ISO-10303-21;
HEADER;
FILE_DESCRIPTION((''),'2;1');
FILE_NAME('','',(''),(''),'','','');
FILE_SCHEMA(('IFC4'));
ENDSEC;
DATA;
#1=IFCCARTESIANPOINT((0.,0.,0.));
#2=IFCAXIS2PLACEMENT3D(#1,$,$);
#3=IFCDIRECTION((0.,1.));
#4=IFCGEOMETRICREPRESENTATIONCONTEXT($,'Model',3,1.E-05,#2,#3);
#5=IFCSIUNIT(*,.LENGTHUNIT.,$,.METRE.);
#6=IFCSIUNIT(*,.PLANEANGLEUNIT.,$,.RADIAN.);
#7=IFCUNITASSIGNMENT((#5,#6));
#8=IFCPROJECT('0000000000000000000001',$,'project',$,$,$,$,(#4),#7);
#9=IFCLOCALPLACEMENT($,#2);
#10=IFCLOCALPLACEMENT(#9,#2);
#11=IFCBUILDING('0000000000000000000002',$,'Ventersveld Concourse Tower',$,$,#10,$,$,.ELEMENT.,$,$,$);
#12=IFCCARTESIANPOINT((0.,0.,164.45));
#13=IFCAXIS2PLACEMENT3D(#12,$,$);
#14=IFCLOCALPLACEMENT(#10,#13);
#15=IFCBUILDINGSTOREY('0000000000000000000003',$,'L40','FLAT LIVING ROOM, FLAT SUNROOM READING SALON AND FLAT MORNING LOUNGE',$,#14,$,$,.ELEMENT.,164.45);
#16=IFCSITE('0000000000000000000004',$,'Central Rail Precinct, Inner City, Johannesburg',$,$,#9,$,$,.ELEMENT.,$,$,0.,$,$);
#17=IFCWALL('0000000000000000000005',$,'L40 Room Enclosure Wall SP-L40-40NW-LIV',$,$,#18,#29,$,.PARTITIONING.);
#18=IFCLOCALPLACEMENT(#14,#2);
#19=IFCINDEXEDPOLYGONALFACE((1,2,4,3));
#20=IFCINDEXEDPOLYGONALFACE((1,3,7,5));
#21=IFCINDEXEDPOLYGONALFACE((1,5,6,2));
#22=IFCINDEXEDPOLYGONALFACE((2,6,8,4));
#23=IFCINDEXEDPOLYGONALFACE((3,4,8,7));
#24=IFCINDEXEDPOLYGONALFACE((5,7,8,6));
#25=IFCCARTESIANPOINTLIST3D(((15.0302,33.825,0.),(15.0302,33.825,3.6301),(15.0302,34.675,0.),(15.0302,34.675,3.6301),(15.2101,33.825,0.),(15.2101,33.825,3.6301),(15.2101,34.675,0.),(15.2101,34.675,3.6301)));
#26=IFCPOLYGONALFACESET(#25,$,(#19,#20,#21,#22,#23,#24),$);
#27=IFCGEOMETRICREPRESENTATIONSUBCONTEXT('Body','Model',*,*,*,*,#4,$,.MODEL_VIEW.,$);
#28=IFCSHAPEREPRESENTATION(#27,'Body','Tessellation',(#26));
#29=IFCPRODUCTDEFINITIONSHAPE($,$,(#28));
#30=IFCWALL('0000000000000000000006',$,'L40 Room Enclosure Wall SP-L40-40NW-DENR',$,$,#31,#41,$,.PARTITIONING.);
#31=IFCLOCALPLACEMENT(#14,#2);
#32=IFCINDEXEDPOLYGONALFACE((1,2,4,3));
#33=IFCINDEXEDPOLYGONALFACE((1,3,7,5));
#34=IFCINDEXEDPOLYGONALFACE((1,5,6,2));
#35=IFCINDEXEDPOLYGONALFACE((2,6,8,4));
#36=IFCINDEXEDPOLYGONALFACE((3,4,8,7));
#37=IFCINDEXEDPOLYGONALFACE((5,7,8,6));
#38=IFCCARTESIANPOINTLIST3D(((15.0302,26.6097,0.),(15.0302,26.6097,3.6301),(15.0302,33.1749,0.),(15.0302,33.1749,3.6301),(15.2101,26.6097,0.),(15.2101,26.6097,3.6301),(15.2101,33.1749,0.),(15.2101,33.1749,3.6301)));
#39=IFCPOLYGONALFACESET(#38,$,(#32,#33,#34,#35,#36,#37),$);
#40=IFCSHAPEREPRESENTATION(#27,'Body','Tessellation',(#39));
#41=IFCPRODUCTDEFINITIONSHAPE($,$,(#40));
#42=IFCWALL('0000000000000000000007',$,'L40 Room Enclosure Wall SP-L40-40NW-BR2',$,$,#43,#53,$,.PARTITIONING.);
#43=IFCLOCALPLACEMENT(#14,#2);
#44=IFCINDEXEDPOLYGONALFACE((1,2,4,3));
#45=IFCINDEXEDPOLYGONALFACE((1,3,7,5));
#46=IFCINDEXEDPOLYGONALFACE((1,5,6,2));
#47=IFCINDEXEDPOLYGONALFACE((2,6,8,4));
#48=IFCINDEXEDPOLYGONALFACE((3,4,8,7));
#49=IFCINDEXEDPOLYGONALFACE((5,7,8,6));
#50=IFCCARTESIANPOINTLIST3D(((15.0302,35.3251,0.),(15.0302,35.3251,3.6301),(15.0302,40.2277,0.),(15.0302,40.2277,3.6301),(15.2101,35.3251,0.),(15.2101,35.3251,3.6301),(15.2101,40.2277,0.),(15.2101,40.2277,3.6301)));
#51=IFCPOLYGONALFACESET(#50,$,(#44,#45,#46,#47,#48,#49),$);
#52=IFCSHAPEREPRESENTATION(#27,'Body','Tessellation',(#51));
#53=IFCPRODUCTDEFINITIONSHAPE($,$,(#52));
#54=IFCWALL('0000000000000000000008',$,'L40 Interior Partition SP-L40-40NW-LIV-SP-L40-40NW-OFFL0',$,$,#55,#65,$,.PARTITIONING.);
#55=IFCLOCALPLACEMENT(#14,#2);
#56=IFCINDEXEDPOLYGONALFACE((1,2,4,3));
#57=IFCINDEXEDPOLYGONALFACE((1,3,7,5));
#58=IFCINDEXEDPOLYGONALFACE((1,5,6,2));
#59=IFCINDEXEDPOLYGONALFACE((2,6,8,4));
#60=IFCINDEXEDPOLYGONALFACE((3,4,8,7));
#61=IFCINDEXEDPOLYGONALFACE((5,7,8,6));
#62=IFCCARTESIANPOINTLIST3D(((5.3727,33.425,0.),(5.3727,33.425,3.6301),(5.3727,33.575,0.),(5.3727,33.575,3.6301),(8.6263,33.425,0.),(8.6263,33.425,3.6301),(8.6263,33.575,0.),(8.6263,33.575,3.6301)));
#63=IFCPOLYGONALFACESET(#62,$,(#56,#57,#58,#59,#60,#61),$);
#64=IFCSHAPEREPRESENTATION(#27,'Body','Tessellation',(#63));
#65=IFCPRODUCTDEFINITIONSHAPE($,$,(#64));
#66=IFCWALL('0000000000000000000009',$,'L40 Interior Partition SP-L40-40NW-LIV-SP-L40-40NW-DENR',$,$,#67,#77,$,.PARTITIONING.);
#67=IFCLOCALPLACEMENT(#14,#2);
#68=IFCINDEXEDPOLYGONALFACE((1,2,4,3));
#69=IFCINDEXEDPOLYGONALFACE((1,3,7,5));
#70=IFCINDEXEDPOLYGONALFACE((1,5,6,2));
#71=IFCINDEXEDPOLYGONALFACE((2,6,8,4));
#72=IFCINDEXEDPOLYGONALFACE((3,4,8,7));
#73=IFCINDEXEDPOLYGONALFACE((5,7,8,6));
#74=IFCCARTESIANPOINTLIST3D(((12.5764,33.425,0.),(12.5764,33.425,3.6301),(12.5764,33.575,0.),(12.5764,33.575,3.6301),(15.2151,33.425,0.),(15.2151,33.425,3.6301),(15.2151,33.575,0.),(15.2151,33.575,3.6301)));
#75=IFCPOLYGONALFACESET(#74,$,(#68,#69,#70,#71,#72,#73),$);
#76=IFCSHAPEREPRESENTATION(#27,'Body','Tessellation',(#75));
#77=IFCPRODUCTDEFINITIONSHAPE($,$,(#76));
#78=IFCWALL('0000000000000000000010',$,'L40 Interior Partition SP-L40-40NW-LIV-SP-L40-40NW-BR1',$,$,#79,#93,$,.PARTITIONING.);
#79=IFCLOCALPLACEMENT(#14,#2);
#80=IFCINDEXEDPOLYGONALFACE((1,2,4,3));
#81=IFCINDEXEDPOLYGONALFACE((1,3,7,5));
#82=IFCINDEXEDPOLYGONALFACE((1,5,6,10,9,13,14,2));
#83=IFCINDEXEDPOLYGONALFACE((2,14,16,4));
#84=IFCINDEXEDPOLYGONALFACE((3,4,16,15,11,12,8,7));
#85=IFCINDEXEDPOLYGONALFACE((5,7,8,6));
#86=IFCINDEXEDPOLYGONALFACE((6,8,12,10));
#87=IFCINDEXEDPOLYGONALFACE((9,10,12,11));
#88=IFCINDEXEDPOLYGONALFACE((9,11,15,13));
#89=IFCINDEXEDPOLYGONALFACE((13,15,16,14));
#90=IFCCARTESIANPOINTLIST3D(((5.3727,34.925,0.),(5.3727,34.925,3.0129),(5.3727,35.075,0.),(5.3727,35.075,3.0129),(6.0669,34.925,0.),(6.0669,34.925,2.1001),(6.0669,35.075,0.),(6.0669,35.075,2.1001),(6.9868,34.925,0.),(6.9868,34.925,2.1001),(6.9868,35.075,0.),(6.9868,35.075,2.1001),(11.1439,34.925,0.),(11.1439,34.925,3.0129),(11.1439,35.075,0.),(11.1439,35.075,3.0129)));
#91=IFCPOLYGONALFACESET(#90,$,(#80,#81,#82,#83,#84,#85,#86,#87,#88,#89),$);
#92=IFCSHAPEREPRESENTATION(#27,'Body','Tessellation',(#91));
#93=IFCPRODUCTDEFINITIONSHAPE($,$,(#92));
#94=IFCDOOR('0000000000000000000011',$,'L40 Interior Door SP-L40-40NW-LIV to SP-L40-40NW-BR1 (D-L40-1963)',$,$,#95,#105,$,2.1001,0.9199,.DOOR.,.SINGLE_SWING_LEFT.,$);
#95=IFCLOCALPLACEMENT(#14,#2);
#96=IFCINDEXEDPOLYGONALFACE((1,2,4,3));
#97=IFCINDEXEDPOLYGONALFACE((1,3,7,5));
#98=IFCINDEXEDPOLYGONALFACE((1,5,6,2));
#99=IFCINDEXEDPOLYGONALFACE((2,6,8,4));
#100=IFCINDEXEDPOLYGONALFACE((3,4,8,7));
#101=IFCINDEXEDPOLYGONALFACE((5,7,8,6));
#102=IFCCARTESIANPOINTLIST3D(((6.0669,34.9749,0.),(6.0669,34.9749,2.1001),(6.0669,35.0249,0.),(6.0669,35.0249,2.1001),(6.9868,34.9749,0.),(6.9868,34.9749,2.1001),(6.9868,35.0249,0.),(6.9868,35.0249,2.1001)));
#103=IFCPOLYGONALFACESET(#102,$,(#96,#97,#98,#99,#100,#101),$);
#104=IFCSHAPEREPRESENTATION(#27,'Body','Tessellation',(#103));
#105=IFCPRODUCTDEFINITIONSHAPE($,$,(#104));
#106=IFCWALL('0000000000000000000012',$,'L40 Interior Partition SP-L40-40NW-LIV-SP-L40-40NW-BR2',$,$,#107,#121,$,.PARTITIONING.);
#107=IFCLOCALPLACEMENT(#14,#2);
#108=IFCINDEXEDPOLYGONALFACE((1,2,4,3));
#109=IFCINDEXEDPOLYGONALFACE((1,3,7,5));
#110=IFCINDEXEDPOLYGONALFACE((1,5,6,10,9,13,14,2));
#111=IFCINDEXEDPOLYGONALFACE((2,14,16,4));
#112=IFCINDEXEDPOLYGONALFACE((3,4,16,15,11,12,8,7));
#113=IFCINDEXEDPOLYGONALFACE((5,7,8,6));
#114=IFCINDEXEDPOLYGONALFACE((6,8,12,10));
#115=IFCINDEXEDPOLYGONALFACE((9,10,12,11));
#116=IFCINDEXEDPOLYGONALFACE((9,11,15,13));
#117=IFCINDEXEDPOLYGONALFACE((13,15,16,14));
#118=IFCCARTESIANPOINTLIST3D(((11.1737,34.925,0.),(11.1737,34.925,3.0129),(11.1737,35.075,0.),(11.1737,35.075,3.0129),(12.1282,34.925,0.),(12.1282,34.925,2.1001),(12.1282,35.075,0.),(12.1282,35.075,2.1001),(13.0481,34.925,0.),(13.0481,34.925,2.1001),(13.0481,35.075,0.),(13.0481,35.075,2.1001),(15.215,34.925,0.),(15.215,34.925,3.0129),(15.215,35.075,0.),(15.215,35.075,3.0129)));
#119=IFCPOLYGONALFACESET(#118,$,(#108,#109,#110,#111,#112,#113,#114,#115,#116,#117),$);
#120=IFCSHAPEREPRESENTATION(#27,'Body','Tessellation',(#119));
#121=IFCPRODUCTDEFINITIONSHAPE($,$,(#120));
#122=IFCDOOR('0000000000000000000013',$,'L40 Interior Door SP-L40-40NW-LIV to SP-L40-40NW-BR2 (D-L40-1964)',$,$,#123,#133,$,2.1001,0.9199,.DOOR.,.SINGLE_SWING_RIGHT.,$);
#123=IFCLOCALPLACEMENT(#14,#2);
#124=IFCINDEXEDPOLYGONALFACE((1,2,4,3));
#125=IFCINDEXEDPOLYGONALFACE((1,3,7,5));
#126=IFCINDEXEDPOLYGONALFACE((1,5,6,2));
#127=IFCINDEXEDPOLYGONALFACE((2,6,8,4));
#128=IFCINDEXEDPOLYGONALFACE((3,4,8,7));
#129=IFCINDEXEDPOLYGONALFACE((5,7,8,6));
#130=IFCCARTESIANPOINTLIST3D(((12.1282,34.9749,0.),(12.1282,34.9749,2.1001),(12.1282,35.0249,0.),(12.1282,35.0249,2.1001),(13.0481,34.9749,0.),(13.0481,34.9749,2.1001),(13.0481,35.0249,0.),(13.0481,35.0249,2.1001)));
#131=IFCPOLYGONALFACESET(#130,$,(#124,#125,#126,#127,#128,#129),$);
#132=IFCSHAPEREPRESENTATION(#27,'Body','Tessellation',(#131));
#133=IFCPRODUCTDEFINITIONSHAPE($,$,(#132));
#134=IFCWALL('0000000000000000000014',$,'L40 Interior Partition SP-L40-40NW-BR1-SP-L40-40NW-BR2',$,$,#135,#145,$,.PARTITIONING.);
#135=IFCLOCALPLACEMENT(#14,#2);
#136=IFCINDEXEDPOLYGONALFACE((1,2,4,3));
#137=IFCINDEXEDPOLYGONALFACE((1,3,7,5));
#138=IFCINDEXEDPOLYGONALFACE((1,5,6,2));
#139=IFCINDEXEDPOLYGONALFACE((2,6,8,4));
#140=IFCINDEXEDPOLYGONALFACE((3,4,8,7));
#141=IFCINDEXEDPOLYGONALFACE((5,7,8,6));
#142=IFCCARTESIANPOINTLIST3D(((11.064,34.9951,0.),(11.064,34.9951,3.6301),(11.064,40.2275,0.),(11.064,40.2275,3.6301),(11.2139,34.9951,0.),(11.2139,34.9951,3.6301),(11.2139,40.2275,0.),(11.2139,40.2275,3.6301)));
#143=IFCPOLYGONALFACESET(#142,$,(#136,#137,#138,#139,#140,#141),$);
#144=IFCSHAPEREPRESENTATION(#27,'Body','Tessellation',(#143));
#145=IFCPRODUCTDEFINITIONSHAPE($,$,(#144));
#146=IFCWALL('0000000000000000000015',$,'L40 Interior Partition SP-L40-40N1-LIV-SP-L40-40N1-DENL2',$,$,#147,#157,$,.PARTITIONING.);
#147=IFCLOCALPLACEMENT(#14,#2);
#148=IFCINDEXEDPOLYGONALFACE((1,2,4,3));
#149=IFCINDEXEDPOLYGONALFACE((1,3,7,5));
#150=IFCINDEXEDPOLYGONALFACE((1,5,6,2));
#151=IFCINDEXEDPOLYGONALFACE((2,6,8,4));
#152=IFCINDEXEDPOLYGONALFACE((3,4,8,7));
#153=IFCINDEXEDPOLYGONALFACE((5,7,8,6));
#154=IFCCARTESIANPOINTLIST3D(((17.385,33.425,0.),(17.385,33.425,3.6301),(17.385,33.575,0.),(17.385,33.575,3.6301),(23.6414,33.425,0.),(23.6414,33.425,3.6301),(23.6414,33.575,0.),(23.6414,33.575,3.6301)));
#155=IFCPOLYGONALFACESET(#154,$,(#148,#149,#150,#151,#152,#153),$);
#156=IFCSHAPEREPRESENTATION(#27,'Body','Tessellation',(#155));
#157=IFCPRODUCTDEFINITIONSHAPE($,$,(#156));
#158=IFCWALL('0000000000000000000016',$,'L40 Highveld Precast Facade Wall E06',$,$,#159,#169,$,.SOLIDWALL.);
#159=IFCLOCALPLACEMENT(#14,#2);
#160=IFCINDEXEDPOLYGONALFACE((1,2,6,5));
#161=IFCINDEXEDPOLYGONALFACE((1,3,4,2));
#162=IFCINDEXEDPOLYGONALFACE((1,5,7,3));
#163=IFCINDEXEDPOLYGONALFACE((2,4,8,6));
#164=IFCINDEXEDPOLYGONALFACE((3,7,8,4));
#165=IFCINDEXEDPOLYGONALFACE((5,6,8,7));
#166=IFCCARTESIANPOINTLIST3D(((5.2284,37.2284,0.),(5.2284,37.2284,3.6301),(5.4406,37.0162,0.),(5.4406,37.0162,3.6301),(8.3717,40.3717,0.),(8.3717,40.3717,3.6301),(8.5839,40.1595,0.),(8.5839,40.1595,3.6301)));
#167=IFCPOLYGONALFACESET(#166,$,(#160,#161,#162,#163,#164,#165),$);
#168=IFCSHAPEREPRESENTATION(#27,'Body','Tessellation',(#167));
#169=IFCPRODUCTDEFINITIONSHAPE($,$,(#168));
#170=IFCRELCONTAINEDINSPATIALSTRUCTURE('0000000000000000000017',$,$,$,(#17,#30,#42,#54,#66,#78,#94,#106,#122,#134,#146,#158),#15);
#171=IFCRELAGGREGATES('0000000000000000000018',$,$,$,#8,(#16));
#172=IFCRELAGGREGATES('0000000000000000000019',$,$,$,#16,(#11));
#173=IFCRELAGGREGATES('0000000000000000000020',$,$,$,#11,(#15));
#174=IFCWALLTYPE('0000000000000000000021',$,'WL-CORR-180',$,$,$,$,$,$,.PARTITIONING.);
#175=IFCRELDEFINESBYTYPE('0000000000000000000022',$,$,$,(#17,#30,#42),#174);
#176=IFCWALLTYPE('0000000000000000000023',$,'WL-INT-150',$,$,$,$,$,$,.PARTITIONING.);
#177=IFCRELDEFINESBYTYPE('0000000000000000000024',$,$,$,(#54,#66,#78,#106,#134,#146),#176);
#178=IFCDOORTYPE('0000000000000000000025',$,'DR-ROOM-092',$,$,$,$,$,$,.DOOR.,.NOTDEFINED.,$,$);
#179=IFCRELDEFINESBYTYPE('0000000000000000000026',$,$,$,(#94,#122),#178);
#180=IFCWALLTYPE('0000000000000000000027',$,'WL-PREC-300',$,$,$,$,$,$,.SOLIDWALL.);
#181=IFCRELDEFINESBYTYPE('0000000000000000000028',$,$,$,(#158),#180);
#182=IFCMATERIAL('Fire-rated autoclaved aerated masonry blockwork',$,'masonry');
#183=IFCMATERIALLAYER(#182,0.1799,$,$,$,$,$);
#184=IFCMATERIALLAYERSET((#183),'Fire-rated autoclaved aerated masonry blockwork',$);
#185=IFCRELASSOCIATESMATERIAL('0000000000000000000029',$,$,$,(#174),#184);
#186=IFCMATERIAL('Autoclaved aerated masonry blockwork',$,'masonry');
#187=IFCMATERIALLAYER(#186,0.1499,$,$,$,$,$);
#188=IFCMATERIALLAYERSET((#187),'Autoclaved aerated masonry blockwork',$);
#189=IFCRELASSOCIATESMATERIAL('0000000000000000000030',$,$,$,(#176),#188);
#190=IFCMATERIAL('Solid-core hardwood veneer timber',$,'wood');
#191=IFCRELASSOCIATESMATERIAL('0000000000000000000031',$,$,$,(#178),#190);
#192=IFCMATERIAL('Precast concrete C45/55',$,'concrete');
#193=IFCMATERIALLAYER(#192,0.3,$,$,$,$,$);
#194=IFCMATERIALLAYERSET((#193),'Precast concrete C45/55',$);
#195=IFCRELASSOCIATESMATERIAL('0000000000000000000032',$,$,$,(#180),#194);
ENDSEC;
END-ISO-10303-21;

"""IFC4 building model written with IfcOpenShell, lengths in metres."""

from ifc_helpers import new_model, si_unit, direction, frame, frame_2d, origin, place, context, subcontext, project, spatial, rectangle, extrude, material, layer, layer_set, type_object, element, fill, save


model = new_model("IFC4")

# Units and contexts
model_context = context("Model", 3, precision=1e-05, world=origin(), true_north=direction((0.0, 1.0)))
body_context = subcontext(model_context, "Body", "Model", "MODEL_VIEW")
ifc_project = project(units=[si_unit("LENGTHUNIT", "METRE"), si_unit("PLANEANGLEUNIT", "RADIAN")], contexts=[model_context])

# Site, building, storey
site_placement = place(None, origin())
site = spatial("IfcSite", under=ifc_project, at=site_placement, Name="Central Rail Precinct, Inner City, Johannesburg", CompositionType="ELEMENT", RefElevation=0.0)
building_placement = place(site_placement, origin())
building = spatial("IfcBuilding", under=site, at=building_placement, Name="Ventersveld Concourse Tower", CompositionType="ELEMENT")
storey_placement = place(building_placement, frame((0.0, 0.0, 164.45)))
storey = spatial("IfcBuildingStorey", under=building, at=storey_placement, Name="L40", Description="FLAT LIVING ROOM, FLAT SUNROOM READING SALON AND FLAT MORNING LOUNGE", CompositionType="ELEMENT", Elevation=164.45)

# Walls
ifc_material_1 = material(Name="Fire-rated autoclaved aerated masonry blockwork", Category="masonry")
ifc_layer_1 = layer(ifc_material_1, 0.1799)
ifc_layer_set_1 = layer_set([ifc_layer_1], Name="Fire-rated autoclaved aerated masonry blockwork")
wall_type_1 = type_object("IfcWallType", Name="WL-CORR-180", PredefinedType="PARTITIONING", material=ifc_layer_set_1)
wall_1_placement = place(storey_placement, frame((15.1201, 34.675, 0.0), z_axis=(0.0, 0.0, 1.0), x_axis=(0.0, -1.0, 0.0)))
element("IfcWall", 1, at=wall_1_placement, inside=storey, type_object=wall_type_1, Name="L40 Room Enclosure Wall SP-L40-40NW-LIV", PredefinedType="PARTITIONING", context=body_context, shape_type="SweptSolid", body=[
    extrude(rectangle(XDim=0.8501, YDim=0.1799, at=frame_2d((0.425, 0.0))), origin(), (0.0, 0.0, 1.0), 3.6301),
])
wall_2_placement = place(storey_placement, frame((15.1201, 33.175, 0.0), z_axis=(0.0, 0.0, 1.0), x_axis=(0.0, -1.0, 0.0)))
element("IfcWall", 2, at=wall_2_placement, inside=storey, type_object=wall_type_1, Name="L40 Room Enclosure Wall SP-L40-40NW-DENR", PredefinedType="PARTITIONING", context=body_context, shape_type="SweptSolid", body=[
    extrude(rectangle(XDim=6.5652, YDim=0.1799, at=frame_2d((3.2827, 0.0))), origin(), (0.0, 0.0, 1.0), 3.6301),
])
wall_3_placement = place(storey_placement, frame((15.1201, 40.2275, 0.0), z_axis=(0.0, 0.0, 1.0), x_axis=(0.0, -1.0, 0.0)))
element("IfcWall", 3, at=wall_3_placement, inside=storey, type_object=wall_type_1, Name="L40 Room Enclosure Wall SP-L40-40NW-BR2", PredefinedType="PARTITIONING", context=body_context, shape_type="SweptSolid", body=[
    extrude(rectangle(XDim=4.9026, YDim=0.1799, at=frame_2d((2.4512, 0.0))), origin(), (0.0, 0.0, 1.0), 3.6301),
])
ifc_material_2 = material(Name="Autoclaved aerated masonry blockwork", Category="masonry")
ifc_layer_2 = layer(ifc_material_2, 0.1499)
ifc_layer_set_2 = layer_set([ifc_layer_2], Name="Autoclaved aerated masonry blockwork")
wall_type_2 = type_object("IfcWallType", Name="WL-INT-150", PredefinedType="PARTITIONING", material=ifc_layer_set_2)
wall_4_placement = place(storey_placement, frame((5.3726, 33.5, 0.0), z_axis=(0.0, 0.0, 1.0), x_axis=(1.0, 0.0, 0.0)))
element("IfcWall", 4, at=wall_4_placement, inside=storey, type_object=wall_type_2, Name="L40 Interior Partition SP-L40-40NW-LIV-SP-L40-40NW-OFFL0", PredefinedType="PARTITIONING", context=body_context, shape_type="SweptSolid", body=[
    extrude(rectangle(XDim=3.2537, YDim=0.1499, at=frame_2d((1.627, 0.0))), origin(), (0.0, 0.0, 1.0), 3.6301),
])
wall_5_placement = place(storey_placement, frame((12.5764, 33.5, 0.0), z_axis=(0.0, 0.0, 1.0), x_axis=(1.0, 0.0, 0.0)))
element("IfcWall", 5, at=wall_5_placement, inside=storey, type_object=wall_type_2, Name="L40 Interior Partition SP-L40-40NW-LIV-SP-L40-40NW-DENR", PredefinedType="PARTITIONING", context=body_context, shape_type="SweptSolid", body=[
    extrude(rectangle(XDim=2.6387, YDim=0.1499, at=frame_2d((1.3193, 0.0))), origin(), (0.0, 0.0, 1.0), 3.6301),
])

# Walls, openings, doors
wall_6_placement = place(storey_placement, frame((5.3726, 35.0, 0.0), z_axis=(0.0, 0.0, 1.0), x_axis=(1.0, 0.0, 0.0)))
wall_6 = element("IfcWall", 6, at=wall_6_placement, inside=storey, type_object=wall_type_2, Name="L40 Interior Partition SP-L40-40NW-LIV-SP-L40-40NW-BR1", PredefinedType="PARTITIONING", context=body_context, shape_type="SweptSolid", body=[
    extrude(rectangle(XDim=5.7712, YDim=0.1499, at=frame_2d((2.8857, 0.0))), origin(), (0.0, 0.0, 1.0), 3.0129),
])
opening_1_placement = place(wall_6_placement, frame((0.6943, 0.0, 0.0)))
opening_1 = element("IfcOpeningElement", 7, at=opening_1_placement, cuts=wall_6, PredefinedType="OPENING", context=body_context, shape_type="SweptSolid", body=[
    extrude(rectangle(XDim=0.9199, YDim=2.1001, at=frame_2d((0.46, 1.05))), frame((0.0, 0.085, 0.0), z_axis=(0.0, -1.0, 0.0), x_axis=(1.0, 0.0, 0.0)), (0.0, 0.0, 1.0), 0.1699),
])
ifc_material_3 = material(Name="Solid-core hardwood veneer timber", Category="wood")
door_type = type_object("IfcDoorType", Name="DR-ROOM-092", OperationType="NOTDEFINED", PredefinedType="DOOR", material=ifc_material_3)
door_1_placement = place(opening_1_placement, origin())
door_1 = element("IfcDoor", 8, at=door_1_placement, inside=storey, type_object=door_type, Name="L40 Interior Door SP-L40-40NW-LIV to SP-L40-40NW-BR1 (D-L40-1963)", OperationType="SINGLE_SWING_LEFT", OverallHeight=2.1001, OverallWidth=0.9199, PredefinedType="DOOR", context=body_context, shape_type="SweptSolid", body=[
    extrude(rectangle(XDim=0.9199, YDim=2.1001, at=frame_2d((0.46, 1.05))), frame((0.0, 0.0249, 0.0), z_axis=(0.0, -1.0, 0.0), x_axis=(1.0, 0.0, 0.0)), (0.0, 0.0, 1.0), 0.05),
])
fill(opening_1, door_1)
wall_7_placement = place(storey_placement, frame((11.1738, 35.0, 0.0), z_axis=(0.0, 0.0, 1.0), x_axis=(1.0, 0.0, 0.0)))
wall_7 = element("IfcWall", 9, at=wall_7_placement, inside=storey, type_object=wall_type_2, Name="L40 Interior Partition SP-L40-40NW-LIV-SP-L40-40NW-BR2", PredefinedType="PARTITIONING", context=body_context, shape_type="SweptSolid", body=[
    extrude(rectangle(XDim=4.0413, YDim=0.1499, at=frame_2d((2.0205, 0.0))), origin(), (0.0, 0.0, 1.0), 3.0129),
])
opening_2_placement = place(wall_7_placement, frame((0.9543, 0.0, 0.0)))
opening_2 = element("IfcOpeningElement", 10, at=opening_2_placement, cuts=wall_7, PredefinedType="OPENING", context=body_context, shape_type="SweptSolid", body=[
    extrude(rectangle(XDim=0.9199, YDim=2.1001, at=frame_2d((0.46, 1.05))), frame((0.0, 0.085, 0.0), z_axis=(0.0, -1.0, 0.0), x_axis=(1.0, 0.0, 0.0)), (0.0, 0.0, 1.0), 0.1699),
])
door_2_placement = place(opening_2_placement, origin())
door_2 = element("IfcDoor", 11, at=door_2_placement, inside=storey, type_object=door_type, Name="L40 Interior Door SP-L40-40NW-LIV to SP-L40-40NW-BR2 (D-L40-1964)", OperationType="SINGLE_SWING_RIGHT", OverallHeight=2.1001, OverallWidth=0.9199, PredefinedType="DOOR", context=body_context, shape_type="SweptSolid", body=[
    extrude(rectangle(XDim=0.9199, YDim=2.1001, at=frame_2d((0.46, 1.05))), frame((0.0, 0.0249, 0.0), z_axis=(0.0, -1.0, 0.0), x_axis=(1.0, 0.0, 0.0)), (0.0, 0.0, 1.0), 0.05),
])
fill(opening_2, door_2)

# Walls
wall_8_placement = place(storey_placement, frame((11.1389, 34.9951, 0.0), z_axis=(0.0, 0.0, 1.0), x_axis=(0.0, 1.0, 0.0)))
element("IfcWall", 12, at=wall_8_placement, inside=storey, type_object=wall_type_2, Name="L40 Interior Partition SP-L40-40NW-BR1-SP-L40-40NW-BR2", PredefinedType="PARTITIONING", context=body_context, shape_type="SweptSolid", body=[
    extrude(rectangle(XDim=5.2324, YDim=0.1499, at=frame_2d((2.6162, 0.0))), origin(), (0.0, 0.0, 1.0), 3.6301),
])
wall_9_placement = place(storey_placement, frame((17.385, 33.5, 0.0), z_axis=(0.0, 0.0, 1.0), x_axis=(1.0, 0.0, 0.0)))
element("IfcWall", 13, at=wall_9_placement, inside=storey, type_object=wall_type_2, Name="L40 Interior Partition SP-L40-40N1-LIV-SP-L40-40N1-DENL2", PredefinedType="PARTITIONING", context=body_context, shape_type="SweptSolid", body=[
    extrude(rectangle(XDim=6.2563, YDim=0.1499, at=frame_2d((3.1282, 0.0))), origin(), (0.0, 0.0, 1.0), 3.6301),
])
ifc_material_4 = material(Name="Precast concrete C45/55", Category="concrete")
ifc_layer_3 = layer(ifc_material_4, 0.3)
ifc_layer_set_3 = layer_set([ifc_layer_3], Name="Precast concrete C45/55")
wall_type_3 = type_object("IfcWallType", Name="WL-PREC-300", PredefinedType="SOLIDWALL", material=ifc_layer_set_3)
wall_10_placement = place(storey_placement, frame((8.4778, 40.2656, 0.0), z_axis=(0.0, 0.0, 1.0), x_axis=(-0.707107, -0.707107, 0.0)))
element("IfcWall", 14, at=wall_10_placement, inside=storey, type_object=wall_type_3, Name="L40 Highveld Precast Facade Wall E06", PredefinedType="SOLIDWALL", context=body_context, shape_type="SweptSolid", body=[
    extrude(rectangle(XDim=4.4453, YDim=0.3, at=frame_2d((2.2227, 0.0))), origin(), (0.0, 0.0, 1.0), 3.6301),
])

save(model, "model.ifc")
